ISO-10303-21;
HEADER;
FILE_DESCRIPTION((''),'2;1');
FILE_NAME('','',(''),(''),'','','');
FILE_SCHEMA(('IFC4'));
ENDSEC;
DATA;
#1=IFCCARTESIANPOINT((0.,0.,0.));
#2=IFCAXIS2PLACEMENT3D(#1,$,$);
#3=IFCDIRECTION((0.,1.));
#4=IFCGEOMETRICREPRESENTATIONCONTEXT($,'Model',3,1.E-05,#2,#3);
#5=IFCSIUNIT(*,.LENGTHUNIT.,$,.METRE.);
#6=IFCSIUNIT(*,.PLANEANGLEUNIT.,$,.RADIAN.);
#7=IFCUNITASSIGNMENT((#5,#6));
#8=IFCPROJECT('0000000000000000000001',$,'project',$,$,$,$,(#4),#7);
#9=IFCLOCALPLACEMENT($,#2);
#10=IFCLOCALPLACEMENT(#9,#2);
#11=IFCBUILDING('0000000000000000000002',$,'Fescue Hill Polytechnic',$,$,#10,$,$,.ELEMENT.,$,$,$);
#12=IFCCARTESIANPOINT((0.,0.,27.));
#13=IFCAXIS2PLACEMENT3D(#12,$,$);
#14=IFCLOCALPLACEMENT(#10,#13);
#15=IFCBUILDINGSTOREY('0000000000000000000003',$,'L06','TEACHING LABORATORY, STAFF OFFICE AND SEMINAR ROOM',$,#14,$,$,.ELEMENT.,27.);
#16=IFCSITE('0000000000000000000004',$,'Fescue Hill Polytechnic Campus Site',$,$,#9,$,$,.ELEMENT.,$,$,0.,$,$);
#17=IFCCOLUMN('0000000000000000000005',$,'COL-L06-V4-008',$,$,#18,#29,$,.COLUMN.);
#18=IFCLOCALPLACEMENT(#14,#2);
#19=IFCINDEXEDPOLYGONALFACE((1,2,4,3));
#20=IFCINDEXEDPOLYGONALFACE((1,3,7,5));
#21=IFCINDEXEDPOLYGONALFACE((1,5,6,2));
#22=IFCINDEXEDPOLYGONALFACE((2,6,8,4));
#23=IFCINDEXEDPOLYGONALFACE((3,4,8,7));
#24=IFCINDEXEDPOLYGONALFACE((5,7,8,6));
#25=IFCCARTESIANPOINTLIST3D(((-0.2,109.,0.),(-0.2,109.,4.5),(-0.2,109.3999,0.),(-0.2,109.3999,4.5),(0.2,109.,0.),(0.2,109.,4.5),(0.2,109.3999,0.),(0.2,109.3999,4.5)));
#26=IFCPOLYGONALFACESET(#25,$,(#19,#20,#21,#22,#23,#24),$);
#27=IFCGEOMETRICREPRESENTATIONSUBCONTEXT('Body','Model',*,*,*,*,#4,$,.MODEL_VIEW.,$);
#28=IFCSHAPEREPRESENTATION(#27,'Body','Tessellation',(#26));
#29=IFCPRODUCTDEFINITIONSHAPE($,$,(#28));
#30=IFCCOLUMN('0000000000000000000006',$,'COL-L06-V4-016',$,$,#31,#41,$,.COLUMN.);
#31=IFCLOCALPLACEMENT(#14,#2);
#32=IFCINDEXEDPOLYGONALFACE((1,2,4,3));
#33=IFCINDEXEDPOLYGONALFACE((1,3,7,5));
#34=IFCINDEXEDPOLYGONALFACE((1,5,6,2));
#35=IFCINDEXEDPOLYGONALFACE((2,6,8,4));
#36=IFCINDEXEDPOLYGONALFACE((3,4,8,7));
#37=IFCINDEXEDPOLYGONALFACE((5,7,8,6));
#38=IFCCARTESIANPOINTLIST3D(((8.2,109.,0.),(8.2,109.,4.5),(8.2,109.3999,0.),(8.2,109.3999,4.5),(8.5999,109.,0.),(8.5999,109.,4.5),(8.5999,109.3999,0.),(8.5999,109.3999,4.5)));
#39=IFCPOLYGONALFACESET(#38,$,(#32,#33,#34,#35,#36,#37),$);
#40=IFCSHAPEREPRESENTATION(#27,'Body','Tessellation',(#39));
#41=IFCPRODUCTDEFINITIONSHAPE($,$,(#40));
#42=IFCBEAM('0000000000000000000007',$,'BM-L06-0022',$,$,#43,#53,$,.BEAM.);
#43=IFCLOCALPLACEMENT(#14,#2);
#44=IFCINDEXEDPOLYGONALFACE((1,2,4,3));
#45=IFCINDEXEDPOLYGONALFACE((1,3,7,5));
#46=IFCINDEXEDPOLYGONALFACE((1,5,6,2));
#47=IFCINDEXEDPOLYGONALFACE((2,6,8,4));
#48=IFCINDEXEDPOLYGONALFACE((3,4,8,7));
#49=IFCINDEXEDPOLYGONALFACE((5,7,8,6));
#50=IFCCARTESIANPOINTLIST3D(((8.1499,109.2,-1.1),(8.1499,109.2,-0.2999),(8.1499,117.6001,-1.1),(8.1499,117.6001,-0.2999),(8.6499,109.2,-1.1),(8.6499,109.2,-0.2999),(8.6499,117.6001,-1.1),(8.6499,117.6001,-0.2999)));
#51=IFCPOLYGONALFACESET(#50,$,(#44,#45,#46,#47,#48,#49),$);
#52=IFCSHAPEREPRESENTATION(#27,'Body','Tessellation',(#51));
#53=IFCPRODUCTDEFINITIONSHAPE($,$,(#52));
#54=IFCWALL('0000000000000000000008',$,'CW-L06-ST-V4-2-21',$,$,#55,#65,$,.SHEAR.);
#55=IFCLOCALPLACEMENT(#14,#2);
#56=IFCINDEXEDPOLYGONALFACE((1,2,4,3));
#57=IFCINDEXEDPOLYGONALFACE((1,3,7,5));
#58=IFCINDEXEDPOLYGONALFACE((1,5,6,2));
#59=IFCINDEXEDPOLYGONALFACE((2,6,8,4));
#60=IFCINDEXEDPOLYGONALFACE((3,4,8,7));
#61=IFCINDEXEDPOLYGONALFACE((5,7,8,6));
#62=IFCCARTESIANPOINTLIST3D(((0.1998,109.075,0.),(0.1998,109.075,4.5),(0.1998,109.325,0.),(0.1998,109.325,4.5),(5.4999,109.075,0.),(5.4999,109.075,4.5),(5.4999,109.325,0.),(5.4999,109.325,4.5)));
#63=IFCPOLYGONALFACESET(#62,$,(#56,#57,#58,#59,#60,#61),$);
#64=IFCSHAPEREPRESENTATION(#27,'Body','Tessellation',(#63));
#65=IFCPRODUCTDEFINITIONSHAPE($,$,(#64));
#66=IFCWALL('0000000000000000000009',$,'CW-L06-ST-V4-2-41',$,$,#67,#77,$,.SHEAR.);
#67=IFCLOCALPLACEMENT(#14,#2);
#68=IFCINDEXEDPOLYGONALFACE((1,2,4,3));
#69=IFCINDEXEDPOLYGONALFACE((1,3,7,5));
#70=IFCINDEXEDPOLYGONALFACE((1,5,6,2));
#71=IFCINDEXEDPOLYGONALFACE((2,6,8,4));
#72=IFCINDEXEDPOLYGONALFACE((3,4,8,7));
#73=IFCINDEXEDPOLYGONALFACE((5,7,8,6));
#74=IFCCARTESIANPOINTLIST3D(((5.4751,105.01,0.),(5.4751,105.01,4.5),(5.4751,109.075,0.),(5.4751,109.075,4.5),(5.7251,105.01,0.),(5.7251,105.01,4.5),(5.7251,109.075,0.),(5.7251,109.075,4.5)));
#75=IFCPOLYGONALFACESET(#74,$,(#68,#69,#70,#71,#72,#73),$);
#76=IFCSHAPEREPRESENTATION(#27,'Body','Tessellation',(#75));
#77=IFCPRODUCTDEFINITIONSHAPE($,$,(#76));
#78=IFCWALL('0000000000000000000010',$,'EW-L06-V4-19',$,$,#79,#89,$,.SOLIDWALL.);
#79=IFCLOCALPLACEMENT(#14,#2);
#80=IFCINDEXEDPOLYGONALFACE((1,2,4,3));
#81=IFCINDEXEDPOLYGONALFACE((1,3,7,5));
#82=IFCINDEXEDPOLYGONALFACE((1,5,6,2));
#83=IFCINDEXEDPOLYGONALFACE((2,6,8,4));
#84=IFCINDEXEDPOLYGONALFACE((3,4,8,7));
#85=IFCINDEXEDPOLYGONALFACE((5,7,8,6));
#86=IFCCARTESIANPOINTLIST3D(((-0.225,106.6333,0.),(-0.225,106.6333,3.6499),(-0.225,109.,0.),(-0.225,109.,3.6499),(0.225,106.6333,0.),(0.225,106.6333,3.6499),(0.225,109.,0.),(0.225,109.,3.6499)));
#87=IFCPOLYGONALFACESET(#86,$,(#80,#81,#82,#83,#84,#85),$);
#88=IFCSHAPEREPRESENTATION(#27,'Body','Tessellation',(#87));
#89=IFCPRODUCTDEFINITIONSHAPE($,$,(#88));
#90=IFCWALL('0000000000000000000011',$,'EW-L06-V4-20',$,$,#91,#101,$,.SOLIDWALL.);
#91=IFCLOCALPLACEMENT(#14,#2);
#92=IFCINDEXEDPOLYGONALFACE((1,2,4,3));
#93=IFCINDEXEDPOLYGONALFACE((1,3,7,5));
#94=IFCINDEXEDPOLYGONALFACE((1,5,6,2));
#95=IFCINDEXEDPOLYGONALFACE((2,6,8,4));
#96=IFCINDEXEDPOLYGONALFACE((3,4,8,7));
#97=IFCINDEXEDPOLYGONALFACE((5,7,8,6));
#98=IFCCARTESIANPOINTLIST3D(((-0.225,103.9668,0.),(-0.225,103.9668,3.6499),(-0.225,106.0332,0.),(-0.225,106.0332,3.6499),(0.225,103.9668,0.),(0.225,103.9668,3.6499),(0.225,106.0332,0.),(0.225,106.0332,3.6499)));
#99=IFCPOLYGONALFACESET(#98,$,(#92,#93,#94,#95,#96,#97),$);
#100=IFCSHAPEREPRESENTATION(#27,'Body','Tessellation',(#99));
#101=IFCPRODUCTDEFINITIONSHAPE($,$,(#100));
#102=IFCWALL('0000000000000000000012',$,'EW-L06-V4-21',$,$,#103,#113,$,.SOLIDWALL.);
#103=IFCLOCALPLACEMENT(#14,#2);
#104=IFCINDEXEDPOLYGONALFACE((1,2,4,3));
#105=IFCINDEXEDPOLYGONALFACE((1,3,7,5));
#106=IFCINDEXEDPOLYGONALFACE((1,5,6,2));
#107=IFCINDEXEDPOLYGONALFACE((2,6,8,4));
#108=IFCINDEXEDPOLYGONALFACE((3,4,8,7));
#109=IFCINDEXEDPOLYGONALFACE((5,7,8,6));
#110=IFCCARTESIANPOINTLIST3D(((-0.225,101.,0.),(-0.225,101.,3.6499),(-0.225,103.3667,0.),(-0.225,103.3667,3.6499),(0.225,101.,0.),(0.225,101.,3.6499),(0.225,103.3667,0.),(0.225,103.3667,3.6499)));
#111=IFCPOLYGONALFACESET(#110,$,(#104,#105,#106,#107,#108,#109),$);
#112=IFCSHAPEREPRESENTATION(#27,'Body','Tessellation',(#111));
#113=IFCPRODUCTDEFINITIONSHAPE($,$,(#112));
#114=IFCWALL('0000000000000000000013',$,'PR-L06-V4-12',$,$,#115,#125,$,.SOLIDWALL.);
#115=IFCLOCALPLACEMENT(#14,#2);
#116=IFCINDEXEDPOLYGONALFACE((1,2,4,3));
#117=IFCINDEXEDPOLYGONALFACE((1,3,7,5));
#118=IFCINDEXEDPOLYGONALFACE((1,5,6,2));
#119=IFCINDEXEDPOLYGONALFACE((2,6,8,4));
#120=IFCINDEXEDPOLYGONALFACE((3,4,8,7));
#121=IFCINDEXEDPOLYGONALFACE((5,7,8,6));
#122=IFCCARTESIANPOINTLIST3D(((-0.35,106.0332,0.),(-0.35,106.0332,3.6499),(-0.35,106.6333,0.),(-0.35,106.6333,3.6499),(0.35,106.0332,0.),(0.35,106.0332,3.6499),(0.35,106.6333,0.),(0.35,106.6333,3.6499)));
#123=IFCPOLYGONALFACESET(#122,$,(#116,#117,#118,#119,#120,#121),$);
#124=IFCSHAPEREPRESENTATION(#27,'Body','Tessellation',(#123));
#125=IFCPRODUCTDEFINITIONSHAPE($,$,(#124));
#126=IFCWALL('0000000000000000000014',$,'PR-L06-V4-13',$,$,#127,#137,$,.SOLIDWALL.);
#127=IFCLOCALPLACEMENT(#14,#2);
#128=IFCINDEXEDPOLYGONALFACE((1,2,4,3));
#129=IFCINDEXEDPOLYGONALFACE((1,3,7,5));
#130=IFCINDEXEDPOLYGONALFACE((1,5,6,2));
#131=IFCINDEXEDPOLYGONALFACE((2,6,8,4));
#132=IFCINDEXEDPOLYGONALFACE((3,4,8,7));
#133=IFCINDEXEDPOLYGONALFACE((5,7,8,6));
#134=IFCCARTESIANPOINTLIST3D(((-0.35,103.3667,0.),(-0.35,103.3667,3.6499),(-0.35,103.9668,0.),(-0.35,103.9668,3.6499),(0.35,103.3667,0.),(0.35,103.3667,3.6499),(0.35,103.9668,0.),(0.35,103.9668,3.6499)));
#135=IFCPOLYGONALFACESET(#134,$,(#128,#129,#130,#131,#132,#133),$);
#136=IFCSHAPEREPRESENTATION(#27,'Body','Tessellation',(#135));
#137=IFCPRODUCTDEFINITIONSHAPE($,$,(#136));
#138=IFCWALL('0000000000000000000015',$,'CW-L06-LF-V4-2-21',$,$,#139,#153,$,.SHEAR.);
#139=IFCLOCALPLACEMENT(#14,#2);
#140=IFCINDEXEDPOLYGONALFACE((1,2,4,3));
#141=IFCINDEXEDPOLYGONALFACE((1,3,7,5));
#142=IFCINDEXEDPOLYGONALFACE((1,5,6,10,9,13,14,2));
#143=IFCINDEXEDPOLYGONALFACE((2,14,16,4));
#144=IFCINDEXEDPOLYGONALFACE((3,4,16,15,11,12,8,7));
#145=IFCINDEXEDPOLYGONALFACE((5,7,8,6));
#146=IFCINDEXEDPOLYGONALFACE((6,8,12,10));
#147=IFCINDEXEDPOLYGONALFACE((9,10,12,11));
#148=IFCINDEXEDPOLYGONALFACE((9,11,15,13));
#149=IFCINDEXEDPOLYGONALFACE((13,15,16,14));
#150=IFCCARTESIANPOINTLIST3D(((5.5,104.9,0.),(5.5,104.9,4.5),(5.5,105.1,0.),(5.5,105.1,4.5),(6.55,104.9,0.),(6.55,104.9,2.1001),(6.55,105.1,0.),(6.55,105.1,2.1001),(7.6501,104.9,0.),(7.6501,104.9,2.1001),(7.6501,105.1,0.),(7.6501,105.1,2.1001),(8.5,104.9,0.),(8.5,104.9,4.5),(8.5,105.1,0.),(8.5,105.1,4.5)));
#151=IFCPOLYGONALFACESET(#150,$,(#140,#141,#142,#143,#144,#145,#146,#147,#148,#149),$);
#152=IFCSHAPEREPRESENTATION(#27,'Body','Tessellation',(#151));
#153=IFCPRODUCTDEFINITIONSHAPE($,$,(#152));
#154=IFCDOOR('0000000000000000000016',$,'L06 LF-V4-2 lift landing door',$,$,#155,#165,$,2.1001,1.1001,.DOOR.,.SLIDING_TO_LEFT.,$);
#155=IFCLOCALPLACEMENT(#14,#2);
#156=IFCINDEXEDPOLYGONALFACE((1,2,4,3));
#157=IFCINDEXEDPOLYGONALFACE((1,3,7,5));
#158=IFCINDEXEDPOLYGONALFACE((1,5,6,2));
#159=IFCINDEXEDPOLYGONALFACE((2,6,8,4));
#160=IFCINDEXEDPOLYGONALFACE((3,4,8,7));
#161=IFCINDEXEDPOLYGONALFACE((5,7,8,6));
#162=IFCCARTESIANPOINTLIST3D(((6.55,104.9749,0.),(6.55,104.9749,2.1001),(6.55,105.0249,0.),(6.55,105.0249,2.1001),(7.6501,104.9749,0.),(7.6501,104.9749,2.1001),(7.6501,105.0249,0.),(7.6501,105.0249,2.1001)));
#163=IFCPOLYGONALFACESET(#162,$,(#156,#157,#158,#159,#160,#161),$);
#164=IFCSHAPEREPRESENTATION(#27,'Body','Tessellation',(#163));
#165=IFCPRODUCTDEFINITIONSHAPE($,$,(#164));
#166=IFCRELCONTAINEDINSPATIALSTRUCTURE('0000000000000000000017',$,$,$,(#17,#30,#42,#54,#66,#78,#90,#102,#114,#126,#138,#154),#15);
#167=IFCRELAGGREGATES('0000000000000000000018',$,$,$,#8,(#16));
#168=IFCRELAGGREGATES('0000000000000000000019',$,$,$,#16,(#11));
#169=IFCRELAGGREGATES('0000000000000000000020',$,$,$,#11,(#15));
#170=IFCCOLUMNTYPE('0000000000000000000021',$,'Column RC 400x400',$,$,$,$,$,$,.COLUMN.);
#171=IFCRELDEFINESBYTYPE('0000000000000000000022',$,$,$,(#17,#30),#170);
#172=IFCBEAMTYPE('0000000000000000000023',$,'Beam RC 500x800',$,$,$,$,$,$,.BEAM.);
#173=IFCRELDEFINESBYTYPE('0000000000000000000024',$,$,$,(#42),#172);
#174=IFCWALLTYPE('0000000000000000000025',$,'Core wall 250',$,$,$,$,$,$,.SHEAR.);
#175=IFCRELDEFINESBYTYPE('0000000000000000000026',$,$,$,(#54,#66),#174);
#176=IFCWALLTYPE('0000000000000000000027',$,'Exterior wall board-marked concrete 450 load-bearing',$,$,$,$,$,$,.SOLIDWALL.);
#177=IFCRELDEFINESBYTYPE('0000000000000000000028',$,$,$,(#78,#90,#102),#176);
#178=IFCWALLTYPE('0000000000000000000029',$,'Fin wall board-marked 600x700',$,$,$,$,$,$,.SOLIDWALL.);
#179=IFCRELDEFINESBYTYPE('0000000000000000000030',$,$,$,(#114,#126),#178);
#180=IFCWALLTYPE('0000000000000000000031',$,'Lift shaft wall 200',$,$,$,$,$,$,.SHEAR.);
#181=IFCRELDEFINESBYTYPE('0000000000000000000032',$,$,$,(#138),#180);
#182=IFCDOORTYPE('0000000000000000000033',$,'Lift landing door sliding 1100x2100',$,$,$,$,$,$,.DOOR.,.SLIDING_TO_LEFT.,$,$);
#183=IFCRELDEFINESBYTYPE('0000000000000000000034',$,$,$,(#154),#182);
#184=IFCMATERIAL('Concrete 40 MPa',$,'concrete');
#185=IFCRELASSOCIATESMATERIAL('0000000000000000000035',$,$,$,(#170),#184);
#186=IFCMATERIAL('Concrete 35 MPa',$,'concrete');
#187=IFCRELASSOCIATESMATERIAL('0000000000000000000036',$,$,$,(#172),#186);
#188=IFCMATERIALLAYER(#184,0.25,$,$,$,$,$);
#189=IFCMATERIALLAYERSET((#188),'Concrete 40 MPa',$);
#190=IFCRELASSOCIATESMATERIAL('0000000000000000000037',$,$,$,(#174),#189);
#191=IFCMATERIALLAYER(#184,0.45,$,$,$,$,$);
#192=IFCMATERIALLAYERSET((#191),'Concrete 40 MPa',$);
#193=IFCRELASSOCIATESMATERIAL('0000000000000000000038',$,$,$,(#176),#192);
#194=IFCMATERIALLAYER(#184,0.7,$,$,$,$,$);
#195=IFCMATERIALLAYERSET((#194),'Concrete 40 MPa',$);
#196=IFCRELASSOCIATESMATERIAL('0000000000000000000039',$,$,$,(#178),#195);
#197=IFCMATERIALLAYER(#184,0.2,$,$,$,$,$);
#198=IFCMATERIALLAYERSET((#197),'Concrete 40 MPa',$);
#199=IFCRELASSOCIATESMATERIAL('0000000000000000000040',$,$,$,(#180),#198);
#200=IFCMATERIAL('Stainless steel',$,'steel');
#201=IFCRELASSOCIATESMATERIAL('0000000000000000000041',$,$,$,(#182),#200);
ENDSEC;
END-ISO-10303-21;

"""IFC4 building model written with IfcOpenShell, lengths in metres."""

from ifc_helpers import new_model, si_unit, direction, frame, frame_2d, origin, origin_2d, place, context, subcontext, project, spatial, rectangle, extrude, material, layer, layer_set, material_profile, profile_set, type_object, element, fill, save


model = new_model("IFC4")

# Units and contexts
model_context = context("Model", 3, precision=1e-05, world=origin(), true_north=direction((0.0, 1.0)))
body_context = subcontext(model_context, "Body", "Model", "MODEL_VIEW")
ifc_project = project(units=[si_unit("LENGTHUNIT", "METRE"), si_unit("PLANEANGLEUNIT", "RADIAN")], contexts=[model_context])

# Site, building, storey
site_placement = place(None, origin())
site = spatial("IfcSite", under=ifc_project, at=site_placement, Name="Fescue Hill Polytechnic Campus Site", CompositionType="ELEMENT", RefElevation=0.0)
building_placement = place(site_placement, origin())
building = spatial("IfcBuilding", under=site, at=building_placement, Name="Fescue Hill Polytechnic", CompositionType="ELEMENT")
storey_placement = place(building_placement, frame((0.0, 0.0, 27.0)))
storey = spatial("IfcBuildingStorey", under=building, at=storey_placement, Name="L06", Description="TEACHING LABORATORY, STAFF OFFICE AND SEMINAR ROOM", CompositionType="ELEMENT", Elevation=27.0)

# Columns
ifc_material_1 = material(Name="Concrete 40 MPa", Category="concrete")
ifc_material_profile_1 = material_profile(ifc_material_1, rectangle(XDim=0.3999, YDim=0.3999, at=origin_2d()), Name="RC 400x400")
ifc_profile_set_1 = profile_set([ifc_material_profile_1], Name="Concrete 40 MPa")
column_type = type_object("IfcColumnType", Name="Column RC 400x400", PredefinedType="COLUMN", material=ifc_profile_set_1)
for number, where, z_axis, x_axis, name in (
    (1, (0.0, 109.2, 0.0), (0.0, 0.0, 1.0), (1.0, 0.0, 0.0), "COL-L06-V4-008"),
    (2, (8.3999, 109.2, 0.0), (0.0, 0.0, 1.0), (1.0, 0.0, 0.0), "COL-L06-V4-016"),
):
    element("IfcColumn", number, at=place(storey_placement, frame(where, z_axis=z_axis, x_axis=x_axis)), inside=storey, type_object=column_type, Name=name, PredefinedType="COLUMN", context=body_context, shape_type="SweptSolid", body=[
        extrude(rectangle(XDim=0.3999, YDim=0.3999, at=origin_2d()), origin(), (0.0, 0.0, 1.0), 4.5),
    ])

# Beam
ifc_material_2 = material(Name="Concrete 35 MPa", Category="concrete")
ifc_material_profile_2 = material_profile(ifc_material_2, rectangle(XDim=0.5, YDim=0.8, at=origin_2d()), Name="RC 500x800")
ifc_profile_set_2 = profile_set([ifc_material_profile_2], Name="Concrete 35 MPa")
beam_type = type_object("IfcBeamType", Name="Beam RC 500x800", PredefinedType="BEAM", material=ifc_profile_set_2)
beam_placement = place(storey_placement, frame((8.3999, 109.2, -0.7), z_axis=(0.0, 1.0, 0.0), x_axis=(-1.0, 0.0, 0.0)))
element("IfcBeam", 3, at=beam_placement, inside=storey, type_object=beam_type, Name="BM-L06-0022", PredefinedType="BEAM", context=body_context, shape_type="SweptSolid", body=[
    extrude(rectangle(XDim=0.5, YDim=0.8, at=origin_2d()), origin(), (0.0, 0.0, 1.0), 8.4001),
])

# Walls
ifc_layer_1 = layer(ifc_material_1, 0.25)
ifc_layer_set_1 = layer_set([ifc_layer_1], Name="Concrete 40 MPa")
wall_type_1 = type_object("IfcWallType", Name="Core wall 250", PredefinedType="SHEAR", material=ifc_layer_set_1)
wall_1_placement = place(storey_placement, frame((0.2, 109.2, 0.0), z_axis=(0.0, 0.0, 1.0), x_axis=(1.0, 0.0, 0.0)))
element("IfcWall", 4, at=wall_1_placement, inside=storey, type_object=wall_type_1, Name="CW-L06-ST-V4-2-21", PredefinedType="SHEAR", context=body_context, shape_type="SweptSolid", body=[
    extrude(rectangle(XDim=5.3, YDim=0.25, at=frame_2d((2.6499, 0.0))), origin(), (0.0, 0.0, 1.0), 4.5),
])
wall_2_placement = place(storey_placement, frame((5.6001, 105.01, 0.0), z_axis=(0.0, 0.0, 1.0), x_axis=(0.0, 1.0, 0.0)))
element("IfcWall", 5, at=wall_2_placement, inside=storey, type_object=wall_type_1, Name="CW-L06-ST-V4-2-41", PredefinedType="SHEAR", context=body_context, shape_type="SweptSolid", body=[
    extrude(rectangle(XDim=4.0649, YDim=0.25, at=frame_2d((2.0325, 0.0))), origin(), (0.0, 0.0, 1.0), 4.5),
])
ifc_layer_2 = layer(ifc_material_1, 0.45)
ifc_layer_set_2 = layer_set([ifc_layer_2], Name="Concrete 40 MPa")
wall_type_2 = type_object("IfcWallType", Name="Exterior wall board-marked concrete 450 load-bearing", PredefinedType="SOLIDWALL", material=ifc_layer_set_2)
wall_3_placement = place(storey_placement, frame((0.0, 109.0, 0.0), z_axis=(0.0, 0.0, 1.0), x_axis=(0.0, -1.0, 0.0)))
element("IfcWall", 6, at=wall_3_placement, inside=storey, type_object=wall_type_2, Name="EW-L06-V4-19", PredefinedType="SOLIDWALL", context=body_context, shape_type="SweptSolid", body=[
    extrude(rectangle(XDim=2.3667, YDim=0.45, at=frame_2d((1.1833, 0.0))), origin(), (0.0, 0.0, 1.0), 3.6499),
])
wall_4_placement = place(storey_placement, frame((0.0, 106.0332, 0.0), z_axis=(0.0, 0.0, 1.0), x_axis=(0.0, -1.0, 0.0)))
element("IfcWall", 7, at=wall_4_placement, inside=storey, type_object=wall_type_2, Name="EW-L06-V4-20", PredefinedType="SOLIDWALL", context=body_context, shape_type="SweptSolid", body=[
    extrude(rectangle(XDim=2.0664, YDim=0.45, at=frame_2d((1.0332, 0.0))), origin(), (0.0, 0.0, 1.0), 3.6499),
])
wall_5_placement = place(storey_placement, frame((0.0, 103.3667, 0.0), z_axis=(0.0, 0.0, 1.0), x_axis=(0.0, -1.0, 0.0)))
element("IfcWall", 8, at=wall_5_placement, inside=storey, type_object=wall_type_2, Name="EW-L06-V4-21", PredefinedType="SOLIDWALL", context=body_context, shape_type="SweptSolid", body=[
    extrude(rectangle(XDim=2.3667, YDim=0.45, at=frame_2d((1.1833, 0.0))), origin(), (0.0, 0.0, 1.0), 3.6499),
])
ifc_layer_3 = layer(ifc_material_1, 0.7)
ifc_layer_set_3 = layer_set([ifc_layer_3], Name="Concrete 40 MPa")
wall_type_3 = type_object("IfcWallType", Name="Fin wall board-marked 600x700", PredefinedType="SOLIDWALL", material=ifc_layer_set_3)
for number, where, z_axis, x_axis, name in (
    (9, (0.0, 106.6333, 0.0), (0.0, 0.0, 1.0), (0.0, -1.0, 0.0), "PR-L06-V4-12"),
    (10, (0.0, 103.9668, 0.0), (0.0, 0.0, 1.0), (0.0, -1.0, 0.0), "PR-L06-V4-13"),
):
    element("IfcWall", number, at=place(storey_placement, frame(where, z_axis=z_axis, x_axis=x_axis)), inside=storey, type_object=wall_type_3, Name=name, PredefinedType="SOLIDWALL", context=body_context, shape_type="SweptSolid", body=[
        extrude(rectangle(XDim=0.6001, YDim=0.7, at=frame_2d((0.3, 0.0))), origin(), (0.0, 0.0, 1.0), 3.6499),
    ])

# Wall, opening, door
ifc_layer_4 = layer(ifc_material_1, 0.2)
ifc_layer_set_4 = layer_set([ifc_layer_4], Name="Concrete 40 MPa")
wall_type_4 = type_object("IfcWallType", Name="Lift shaft wall 200", PredefinedType="SHEAR", material=ifc_layer_set_4)
wall_6_placement = place(storey_placement, frame((5.5, 105.0, 0.0), z_axis=(0.0, 0.0, 1.0), x_axis=(1.0, 0.0, 0.0)))
wall_6 = element("IfcWall", 11, at=wall_6_placement, inside=storey, type_object=wall_type_4, Name="CW-L06-LF-V4-2-21", PredefinedType="SHEAR", context=body_context, shape_type="SweptSolid", body=[
    extrude(rectangle(XDim=3.0, YDim=0.2, at=frame_2d((1.5, 0.0))), origin(), (0.0, 0.0, 1.0), 4.5),
])
opening_1_placement = place(wall_6_placement, frame((1.05, 0.0, 0.0)))
opening_1 = element("IfcOpeningElement", 12, at=opening_1_placement, cuts=wall_6, PredefinedType="OPENING", context=body_context, shape_type="SweptSolid", body=[
    extrude(rectangle(XDim=1.1001, YDim=2.1001, at=frame_2d((0.55, 1.05))), frame((0.0, 0.1099, 0.0), z_axis=(0.0, -1.0, 0.0), x_axis=(1.0, 0.0, 0.0)), (0.0, 0.0, 1.0), 0.22),
])
ifc_material_3 = material(Name="Stainless steel", Category="steel")
door_type = type_object("IfcDoorType", Name="Lift landing door sliding 1100x2100", OperationType="SLIDING_TO_LEFT", PredefinedType="DOOR", material=ifc_material_3)
door_1_placement = place(opening_1_placement, origin())
door_1 = element("IfcDoor", 13, at=door_1_placement, inside=storey, type_object=door_type, Name="L06 LF-V4-2 lift landing door", OperationType="SLIDING_TO_LEFT", OverallHeight=2.1001, OverallWidth=1.1001, PredefinedType="DOOR", context=body_context, shape_type="SweptSolid", body=[
    extrude(rectangle(XDim=1.1001, YDim=2.1001, at=frame_2d((0.55, 1.05))), frame((0.0, 0.0249, 0.0), z_axis=(0.0, -1.0, 0.0), x_axis=(1.0, 0.0, 0.0)), (0.0, 0.0, 1.0), 0.05),
])
fill(opening_1, door_1)

save(model, "model.ifc")
